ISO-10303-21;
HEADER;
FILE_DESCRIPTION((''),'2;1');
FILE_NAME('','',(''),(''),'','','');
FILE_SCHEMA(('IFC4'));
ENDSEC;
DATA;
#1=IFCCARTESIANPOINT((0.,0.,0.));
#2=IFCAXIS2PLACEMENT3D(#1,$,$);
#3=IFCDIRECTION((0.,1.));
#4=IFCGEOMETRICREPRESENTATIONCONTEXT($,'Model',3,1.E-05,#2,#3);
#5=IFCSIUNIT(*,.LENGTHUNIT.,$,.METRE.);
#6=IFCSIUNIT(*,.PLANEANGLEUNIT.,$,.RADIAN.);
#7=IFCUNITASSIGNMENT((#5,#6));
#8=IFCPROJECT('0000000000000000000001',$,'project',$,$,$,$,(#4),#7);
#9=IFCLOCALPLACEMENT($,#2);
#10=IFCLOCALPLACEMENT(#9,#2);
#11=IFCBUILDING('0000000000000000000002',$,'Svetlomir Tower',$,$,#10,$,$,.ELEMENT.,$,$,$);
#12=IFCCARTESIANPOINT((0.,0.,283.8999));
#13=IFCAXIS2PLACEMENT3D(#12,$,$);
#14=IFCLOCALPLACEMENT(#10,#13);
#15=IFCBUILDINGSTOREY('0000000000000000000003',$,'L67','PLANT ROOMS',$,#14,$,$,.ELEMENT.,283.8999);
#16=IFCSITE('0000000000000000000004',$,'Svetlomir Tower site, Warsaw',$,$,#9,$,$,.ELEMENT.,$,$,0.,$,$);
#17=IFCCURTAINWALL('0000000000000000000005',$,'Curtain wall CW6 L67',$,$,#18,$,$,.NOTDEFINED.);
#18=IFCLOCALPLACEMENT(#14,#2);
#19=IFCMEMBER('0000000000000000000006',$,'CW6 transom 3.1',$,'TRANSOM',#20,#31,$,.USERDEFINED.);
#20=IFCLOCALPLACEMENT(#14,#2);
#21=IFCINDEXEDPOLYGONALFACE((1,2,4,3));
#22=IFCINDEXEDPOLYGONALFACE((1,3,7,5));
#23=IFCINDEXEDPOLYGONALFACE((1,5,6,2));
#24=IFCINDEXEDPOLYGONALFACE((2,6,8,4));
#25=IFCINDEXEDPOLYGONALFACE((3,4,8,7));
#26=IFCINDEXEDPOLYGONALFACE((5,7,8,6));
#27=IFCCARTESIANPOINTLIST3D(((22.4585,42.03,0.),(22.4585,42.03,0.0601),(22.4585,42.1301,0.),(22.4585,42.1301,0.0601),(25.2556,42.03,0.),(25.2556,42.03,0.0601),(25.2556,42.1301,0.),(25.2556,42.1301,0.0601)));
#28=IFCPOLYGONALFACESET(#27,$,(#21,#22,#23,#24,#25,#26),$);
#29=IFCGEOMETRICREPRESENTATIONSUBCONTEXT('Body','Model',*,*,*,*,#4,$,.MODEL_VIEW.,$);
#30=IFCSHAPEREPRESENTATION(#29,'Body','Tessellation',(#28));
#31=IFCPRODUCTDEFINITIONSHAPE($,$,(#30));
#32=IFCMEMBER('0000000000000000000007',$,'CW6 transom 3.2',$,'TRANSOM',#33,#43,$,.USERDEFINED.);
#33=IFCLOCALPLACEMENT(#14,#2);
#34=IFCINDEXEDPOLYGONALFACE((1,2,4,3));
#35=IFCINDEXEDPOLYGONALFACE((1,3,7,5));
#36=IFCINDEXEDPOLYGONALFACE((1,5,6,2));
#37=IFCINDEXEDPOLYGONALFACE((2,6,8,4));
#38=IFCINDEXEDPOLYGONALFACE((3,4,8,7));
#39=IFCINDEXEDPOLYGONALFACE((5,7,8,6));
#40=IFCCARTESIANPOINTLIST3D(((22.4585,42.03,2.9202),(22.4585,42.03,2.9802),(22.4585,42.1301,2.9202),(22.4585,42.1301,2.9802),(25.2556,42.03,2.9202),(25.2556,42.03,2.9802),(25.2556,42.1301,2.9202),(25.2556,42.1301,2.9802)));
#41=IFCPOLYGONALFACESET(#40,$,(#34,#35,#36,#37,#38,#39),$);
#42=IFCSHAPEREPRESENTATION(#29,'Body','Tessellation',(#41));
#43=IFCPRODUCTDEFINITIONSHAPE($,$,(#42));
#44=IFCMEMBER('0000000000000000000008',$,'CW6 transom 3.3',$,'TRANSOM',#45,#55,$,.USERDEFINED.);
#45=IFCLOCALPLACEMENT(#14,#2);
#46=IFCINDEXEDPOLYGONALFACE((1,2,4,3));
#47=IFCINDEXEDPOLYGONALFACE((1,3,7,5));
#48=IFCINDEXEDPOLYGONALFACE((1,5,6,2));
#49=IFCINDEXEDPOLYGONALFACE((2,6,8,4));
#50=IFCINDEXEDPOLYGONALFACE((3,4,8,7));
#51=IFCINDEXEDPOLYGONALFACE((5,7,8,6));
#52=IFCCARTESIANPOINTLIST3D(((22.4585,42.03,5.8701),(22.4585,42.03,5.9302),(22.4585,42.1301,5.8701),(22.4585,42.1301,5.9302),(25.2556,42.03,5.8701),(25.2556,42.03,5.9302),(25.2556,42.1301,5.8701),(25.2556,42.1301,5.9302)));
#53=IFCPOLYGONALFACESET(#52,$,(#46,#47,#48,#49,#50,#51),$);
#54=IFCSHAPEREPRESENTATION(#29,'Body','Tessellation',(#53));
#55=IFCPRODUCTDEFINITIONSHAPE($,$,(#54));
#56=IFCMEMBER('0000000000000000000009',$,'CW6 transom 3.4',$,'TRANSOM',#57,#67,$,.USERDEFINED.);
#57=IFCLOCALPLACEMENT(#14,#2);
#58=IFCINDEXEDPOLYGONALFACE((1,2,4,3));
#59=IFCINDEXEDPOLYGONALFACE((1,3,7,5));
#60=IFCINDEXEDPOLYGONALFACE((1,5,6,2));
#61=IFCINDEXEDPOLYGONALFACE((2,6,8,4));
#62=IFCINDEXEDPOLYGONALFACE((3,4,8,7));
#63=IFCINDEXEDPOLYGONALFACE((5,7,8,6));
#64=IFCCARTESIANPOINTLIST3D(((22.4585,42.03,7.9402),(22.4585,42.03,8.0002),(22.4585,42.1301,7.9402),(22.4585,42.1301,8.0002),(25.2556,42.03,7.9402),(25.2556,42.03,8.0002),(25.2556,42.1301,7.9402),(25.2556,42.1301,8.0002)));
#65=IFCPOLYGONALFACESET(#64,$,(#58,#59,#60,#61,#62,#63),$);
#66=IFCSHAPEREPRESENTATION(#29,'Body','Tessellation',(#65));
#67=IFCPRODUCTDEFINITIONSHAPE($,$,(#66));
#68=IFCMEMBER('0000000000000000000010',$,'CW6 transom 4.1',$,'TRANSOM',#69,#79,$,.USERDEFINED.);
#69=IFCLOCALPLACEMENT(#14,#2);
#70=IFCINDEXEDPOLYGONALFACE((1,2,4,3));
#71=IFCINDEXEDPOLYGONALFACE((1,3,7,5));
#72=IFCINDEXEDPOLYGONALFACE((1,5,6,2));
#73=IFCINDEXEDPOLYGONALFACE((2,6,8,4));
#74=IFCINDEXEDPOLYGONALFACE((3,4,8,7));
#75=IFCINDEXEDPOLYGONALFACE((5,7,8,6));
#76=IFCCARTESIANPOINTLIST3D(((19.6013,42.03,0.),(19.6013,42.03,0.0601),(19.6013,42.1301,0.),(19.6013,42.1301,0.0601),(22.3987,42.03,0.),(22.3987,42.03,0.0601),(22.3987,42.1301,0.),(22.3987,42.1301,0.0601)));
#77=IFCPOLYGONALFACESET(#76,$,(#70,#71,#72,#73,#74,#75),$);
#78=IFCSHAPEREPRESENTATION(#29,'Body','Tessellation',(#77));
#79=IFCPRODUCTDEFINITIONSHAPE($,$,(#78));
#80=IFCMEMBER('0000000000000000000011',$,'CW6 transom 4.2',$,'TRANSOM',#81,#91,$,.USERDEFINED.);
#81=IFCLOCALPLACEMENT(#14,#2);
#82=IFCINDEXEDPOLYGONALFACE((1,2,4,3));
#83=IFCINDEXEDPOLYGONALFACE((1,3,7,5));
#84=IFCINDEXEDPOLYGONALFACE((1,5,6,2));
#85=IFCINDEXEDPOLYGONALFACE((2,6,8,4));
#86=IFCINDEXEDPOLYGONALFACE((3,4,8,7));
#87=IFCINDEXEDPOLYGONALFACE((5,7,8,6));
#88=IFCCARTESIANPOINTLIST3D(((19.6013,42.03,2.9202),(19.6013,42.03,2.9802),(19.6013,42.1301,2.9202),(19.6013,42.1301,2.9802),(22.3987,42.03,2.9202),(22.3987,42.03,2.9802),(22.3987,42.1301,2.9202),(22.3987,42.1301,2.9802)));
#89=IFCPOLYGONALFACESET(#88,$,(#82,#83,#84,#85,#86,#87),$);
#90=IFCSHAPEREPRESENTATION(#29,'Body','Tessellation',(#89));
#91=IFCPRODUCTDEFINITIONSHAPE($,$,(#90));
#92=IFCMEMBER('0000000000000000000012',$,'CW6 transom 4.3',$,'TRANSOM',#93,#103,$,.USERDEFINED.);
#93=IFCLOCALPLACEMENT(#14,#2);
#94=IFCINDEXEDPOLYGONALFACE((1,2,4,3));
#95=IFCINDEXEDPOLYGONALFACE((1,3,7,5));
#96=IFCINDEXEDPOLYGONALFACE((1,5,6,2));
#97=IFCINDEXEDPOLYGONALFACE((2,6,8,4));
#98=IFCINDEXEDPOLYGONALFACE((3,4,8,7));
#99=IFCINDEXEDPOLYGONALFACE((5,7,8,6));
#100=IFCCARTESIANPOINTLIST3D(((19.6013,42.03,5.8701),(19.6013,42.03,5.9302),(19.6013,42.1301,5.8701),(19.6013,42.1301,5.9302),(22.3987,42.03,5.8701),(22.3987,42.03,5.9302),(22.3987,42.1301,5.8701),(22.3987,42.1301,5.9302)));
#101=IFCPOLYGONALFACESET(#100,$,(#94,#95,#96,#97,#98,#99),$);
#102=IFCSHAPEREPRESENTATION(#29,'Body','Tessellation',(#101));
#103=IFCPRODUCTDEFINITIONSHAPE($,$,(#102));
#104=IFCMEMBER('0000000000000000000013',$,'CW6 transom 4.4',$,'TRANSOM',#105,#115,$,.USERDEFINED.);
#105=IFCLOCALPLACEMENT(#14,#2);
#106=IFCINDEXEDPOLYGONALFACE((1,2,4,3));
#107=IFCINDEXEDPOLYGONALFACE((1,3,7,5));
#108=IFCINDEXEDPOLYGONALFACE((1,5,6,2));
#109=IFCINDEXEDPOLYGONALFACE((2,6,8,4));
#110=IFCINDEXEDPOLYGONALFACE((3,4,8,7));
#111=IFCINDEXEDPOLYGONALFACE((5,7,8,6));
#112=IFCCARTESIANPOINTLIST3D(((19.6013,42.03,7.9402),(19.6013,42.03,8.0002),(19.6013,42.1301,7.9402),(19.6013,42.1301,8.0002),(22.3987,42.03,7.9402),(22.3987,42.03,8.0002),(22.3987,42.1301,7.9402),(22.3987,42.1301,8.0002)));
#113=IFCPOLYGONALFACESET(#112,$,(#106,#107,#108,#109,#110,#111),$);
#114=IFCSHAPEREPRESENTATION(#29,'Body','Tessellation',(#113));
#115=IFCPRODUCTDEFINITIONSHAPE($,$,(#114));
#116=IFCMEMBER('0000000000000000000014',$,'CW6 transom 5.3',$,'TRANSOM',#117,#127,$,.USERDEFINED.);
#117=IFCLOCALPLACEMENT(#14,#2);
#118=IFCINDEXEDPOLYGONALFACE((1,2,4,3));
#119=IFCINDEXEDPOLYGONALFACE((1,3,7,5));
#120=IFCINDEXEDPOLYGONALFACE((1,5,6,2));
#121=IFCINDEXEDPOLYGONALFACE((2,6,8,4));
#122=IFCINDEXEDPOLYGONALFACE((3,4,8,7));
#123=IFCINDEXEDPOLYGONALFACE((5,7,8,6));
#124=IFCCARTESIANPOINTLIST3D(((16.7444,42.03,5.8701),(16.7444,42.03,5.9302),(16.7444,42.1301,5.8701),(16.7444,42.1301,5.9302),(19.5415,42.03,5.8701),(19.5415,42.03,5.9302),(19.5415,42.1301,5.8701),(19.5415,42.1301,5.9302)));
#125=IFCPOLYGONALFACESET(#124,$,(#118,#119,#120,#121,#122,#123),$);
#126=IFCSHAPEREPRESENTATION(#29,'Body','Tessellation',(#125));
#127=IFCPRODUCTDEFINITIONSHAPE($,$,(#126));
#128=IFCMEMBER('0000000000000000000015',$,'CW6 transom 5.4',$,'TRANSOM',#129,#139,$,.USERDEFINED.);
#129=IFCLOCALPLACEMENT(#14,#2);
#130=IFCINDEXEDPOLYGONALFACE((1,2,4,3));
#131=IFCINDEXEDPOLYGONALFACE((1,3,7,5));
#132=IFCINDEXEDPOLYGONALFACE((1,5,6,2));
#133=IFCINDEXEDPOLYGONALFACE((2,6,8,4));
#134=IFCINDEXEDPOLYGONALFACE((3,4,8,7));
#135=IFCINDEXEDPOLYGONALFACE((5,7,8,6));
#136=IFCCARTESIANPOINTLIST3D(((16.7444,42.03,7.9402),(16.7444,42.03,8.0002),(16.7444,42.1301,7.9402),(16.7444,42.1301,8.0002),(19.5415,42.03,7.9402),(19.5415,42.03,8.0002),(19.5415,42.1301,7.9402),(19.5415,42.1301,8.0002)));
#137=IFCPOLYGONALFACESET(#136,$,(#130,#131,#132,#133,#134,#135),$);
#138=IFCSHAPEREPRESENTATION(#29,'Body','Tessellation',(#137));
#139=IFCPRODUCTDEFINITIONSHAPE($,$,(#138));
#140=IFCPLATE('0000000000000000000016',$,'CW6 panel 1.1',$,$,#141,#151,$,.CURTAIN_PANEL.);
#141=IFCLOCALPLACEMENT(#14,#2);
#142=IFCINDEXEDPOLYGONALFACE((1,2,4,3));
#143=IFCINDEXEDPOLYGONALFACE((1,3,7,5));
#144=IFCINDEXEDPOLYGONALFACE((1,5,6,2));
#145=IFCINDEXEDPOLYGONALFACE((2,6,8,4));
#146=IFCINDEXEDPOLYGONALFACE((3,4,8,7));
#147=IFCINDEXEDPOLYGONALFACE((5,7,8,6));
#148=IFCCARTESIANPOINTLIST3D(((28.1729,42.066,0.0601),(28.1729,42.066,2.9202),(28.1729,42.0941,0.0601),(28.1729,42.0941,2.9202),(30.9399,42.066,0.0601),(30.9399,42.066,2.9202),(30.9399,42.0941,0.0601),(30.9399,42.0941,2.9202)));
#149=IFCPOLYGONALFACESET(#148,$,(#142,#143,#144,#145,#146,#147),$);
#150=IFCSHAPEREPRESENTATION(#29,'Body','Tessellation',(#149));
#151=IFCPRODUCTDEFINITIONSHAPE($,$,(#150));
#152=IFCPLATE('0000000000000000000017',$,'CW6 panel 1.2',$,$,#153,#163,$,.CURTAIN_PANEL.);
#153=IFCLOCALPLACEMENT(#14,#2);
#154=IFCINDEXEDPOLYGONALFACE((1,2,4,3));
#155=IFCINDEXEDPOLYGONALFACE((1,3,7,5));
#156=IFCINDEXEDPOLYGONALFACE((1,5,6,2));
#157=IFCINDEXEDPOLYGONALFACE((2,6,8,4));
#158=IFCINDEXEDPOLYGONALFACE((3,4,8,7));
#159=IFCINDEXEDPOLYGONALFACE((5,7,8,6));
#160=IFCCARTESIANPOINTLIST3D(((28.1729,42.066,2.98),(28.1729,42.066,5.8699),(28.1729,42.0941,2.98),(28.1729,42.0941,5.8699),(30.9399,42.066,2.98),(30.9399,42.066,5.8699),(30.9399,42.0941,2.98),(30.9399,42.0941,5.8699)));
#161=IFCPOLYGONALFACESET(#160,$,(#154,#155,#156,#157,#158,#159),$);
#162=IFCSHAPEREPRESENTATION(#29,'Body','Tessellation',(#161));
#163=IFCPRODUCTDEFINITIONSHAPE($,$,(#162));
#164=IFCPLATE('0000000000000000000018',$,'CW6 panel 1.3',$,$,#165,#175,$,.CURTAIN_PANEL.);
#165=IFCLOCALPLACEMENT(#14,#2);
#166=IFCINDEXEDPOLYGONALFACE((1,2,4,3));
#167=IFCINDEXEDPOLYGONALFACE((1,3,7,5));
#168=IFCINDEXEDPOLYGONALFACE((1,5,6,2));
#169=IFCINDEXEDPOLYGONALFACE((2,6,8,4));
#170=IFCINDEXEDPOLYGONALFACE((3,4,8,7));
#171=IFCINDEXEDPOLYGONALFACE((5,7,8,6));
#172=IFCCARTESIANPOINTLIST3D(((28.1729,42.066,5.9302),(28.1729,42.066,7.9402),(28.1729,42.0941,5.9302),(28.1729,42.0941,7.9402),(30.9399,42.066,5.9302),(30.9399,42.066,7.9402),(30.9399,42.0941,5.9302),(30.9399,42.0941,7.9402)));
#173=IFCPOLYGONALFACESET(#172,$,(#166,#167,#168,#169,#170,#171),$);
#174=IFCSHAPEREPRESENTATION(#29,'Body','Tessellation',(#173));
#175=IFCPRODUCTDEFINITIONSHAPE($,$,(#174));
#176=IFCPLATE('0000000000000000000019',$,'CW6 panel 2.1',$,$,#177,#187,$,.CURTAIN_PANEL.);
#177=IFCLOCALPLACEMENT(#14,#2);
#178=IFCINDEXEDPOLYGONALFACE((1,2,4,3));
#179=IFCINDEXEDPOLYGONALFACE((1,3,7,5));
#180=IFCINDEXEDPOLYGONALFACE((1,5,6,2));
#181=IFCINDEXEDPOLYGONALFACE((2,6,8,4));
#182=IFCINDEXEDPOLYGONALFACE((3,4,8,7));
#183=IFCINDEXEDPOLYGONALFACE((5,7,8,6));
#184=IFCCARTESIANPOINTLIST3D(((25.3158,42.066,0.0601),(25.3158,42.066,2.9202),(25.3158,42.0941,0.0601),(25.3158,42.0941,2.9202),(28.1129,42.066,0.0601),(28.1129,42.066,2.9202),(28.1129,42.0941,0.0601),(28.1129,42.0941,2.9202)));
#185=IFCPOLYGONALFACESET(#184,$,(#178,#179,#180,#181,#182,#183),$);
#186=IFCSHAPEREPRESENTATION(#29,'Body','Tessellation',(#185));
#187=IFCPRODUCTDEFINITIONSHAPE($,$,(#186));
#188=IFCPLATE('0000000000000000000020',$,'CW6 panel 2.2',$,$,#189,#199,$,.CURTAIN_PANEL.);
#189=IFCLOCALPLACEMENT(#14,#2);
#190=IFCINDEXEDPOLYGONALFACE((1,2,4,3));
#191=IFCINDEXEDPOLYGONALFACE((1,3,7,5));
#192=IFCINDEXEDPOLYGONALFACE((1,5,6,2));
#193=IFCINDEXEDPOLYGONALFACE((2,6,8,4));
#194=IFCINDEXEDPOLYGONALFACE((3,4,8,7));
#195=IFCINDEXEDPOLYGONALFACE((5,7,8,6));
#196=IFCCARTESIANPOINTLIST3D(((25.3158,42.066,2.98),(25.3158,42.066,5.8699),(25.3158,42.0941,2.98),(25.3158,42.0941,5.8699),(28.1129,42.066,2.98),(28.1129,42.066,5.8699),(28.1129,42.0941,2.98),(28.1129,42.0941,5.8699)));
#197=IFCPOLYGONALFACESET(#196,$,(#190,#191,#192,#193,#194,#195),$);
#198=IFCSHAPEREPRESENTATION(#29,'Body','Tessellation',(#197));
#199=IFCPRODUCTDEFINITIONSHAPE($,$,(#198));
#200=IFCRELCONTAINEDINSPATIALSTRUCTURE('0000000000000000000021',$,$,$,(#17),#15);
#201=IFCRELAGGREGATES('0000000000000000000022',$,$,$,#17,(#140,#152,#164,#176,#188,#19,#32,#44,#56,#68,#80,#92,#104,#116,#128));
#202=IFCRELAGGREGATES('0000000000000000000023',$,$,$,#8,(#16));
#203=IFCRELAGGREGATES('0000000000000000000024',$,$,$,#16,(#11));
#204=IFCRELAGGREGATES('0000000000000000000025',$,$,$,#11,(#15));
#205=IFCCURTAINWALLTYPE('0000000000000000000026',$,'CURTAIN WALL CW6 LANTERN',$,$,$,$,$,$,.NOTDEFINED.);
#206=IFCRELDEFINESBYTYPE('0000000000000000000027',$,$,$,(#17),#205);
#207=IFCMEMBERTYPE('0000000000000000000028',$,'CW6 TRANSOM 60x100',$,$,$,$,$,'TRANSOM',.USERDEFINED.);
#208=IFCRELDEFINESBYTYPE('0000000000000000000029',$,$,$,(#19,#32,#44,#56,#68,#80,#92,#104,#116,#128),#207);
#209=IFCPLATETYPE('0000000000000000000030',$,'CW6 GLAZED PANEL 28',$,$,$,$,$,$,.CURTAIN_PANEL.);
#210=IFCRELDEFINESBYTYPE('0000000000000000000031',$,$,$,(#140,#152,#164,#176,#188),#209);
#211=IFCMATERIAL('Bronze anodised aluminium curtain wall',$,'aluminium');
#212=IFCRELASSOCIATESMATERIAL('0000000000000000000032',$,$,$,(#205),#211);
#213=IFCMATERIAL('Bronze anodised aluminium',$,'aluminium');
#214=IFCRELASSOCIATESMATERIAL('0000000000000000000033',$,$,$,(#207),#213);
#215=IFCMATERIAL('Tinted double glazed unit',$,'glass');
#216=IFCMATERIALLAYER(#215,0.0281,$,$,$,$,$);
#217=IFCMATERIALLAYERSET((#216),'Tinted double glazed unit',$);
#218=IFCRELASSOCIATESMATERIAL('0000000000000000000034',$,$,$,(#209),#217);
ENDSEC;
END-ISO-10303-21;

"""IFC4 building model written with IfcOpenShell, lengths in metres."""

from ifc_helpers import new_model, si_unit, direction, frame, origin, origin_2d, place, context, subcontext, project, spatial, rectangle, extrude, material, layer, layer_set, material_profile, profile_set, type_object, element, aggregate, save


model = new_model("IFC4")

# Units and contexts
model_context = context("Model", 3, precision=1e-05, world=origin(), true_north=direction((0.0, 1.0)))
body_context = subcontext(model_context, "Body", "Model", "MODEL_VIEW")
ifc_project = project(units=[si_unit("LENGTHUNIT", "METRE"), si_unit("PLANEANGLEUNIT", "RADIAN")], contexts=[model_context])

# Site, building, storey
site_placement = place(None, origin())
site = spatial("IfcSite", under=ifc_project, at=site_placement, Name="Svetlomir Tower site, Warsaw", CompositionType="ELEMENT", RefElevation=0.0)
building_placement = place(site_placement, origin())
building = spatial("IfcBuilding", under=site, at=building_placement, Name="Svetlomir Tower", CompositionType="ELEMENT")
storey_placement = place(building_placement, frame((0.0, 0.0, 283.8999)))
storey = spatial("IfcBuildingStorey", under=building, at=storey_placement, Name="L67", Description="PLANT ROOMS", CompositionType="ELEMENT", Elevation=283.8999)

# Curtain wall, members, plates
ifc_material_1 = material(Name="Bronze anodised aluminium curtain wall", Category="aluminium")
curtain_wall_type = type_object("IfcCurtainWallType", Name="CURTAIN WALL CW6 LANTERN", PredefinedType="NOTDEFINED", material=ifc_material_1)
curtain_wall_placement = place(storey_placement, origin())
curtain_wall = element("IfcCurtainWall", 1, at=curtain_wall_placement, inside=storey, type_object=curtain_wall_type, Name="Curtain wall CW6 L67", PredefinedType="NOTDEFINED")
ifc_material_2 = material(Name="Bronze anodised aluminium", Category="aluminium")
ifc_material_profile_1 = material_profile(ifc_material_2, rectangle(XDim=0.1001, YDim=0.0601, at=origin_2d()), Name="AL 100x60")
ifc_profile_set_1 = profile_set([ifc_material_profile_1], Name="Bronze anodised aluminium 6063-T6")
member_type_1 = type_object("IfcMemberType", Name="CW6 TRANSOM 60x100", ElementType="TRANSOM", PredefinedType="USERDEFINED", material=ifc_profile_set_1)
member_1_placement = place(storey_placement, frame((25.2556, 42.0801, 0.03), z_axis=(-1.0, 0.0, 0.0), x_axis=(0.0, -1.0, 0.0)))
member_1 = element("IfcMember", 2, at=member_1_placement, type_object=member_type_1, Name="CW6 transom 3.1", ObjectType="TRANSOM", PredefinedType="USERDEFINED", context=body_context, shape_type="SweptSolid", body=[
    extrude(rectangle(XDim=0.1001, YDim=0.0601, at=origin_2d()), origin(), (0.0, 0.0, 1.0), 2.7971),
])
member_2_placement = place(storey_placement, frame((25.2556, 42.0801, 2.9502), z_axis=(-1.0, 0.0, 0.0), x_axis=(0.0, -1.0, 0.0)))
member_2 = element("IfcMember", 3, at=member_2_placement, type_object=member_type_1, Name="CW6 transom 3.2", ObjectType="TRANSOM", PredefinedType="USERDEFINED", context=body_context, shape_type="SweptSolid", body=[
    extrude(rectangle(XDim=0.1001, YDim=0.0601, at=origin_2d()), origin(), (0.0, 0.0, 1.0), 2.7971),
])
member_3_placement = place(storey_placement, frame((25.2556, 42.0801, 5.9001), z_axis=(-1.0, 0.0, 0.0), x_axis=(0.0, -1.0, 0.0)))
member_3 = element("IfcMember", 4, at=member_3_placement, type_object=member_type_1, Name="CW6 transom 3.3", ObjectType="TRANSOM", PredefinedType="USERDEFINED", context=body_context, shape_type="SweptSolid", body=[
    extrude(rectangle(XDim=0.1001, YDim=0.0601, at=origin_2d()), origin(), (0.0, 0.0, 1.0), 2.7971),
])
member_4_placement = place(storey_placement, frame((25.2556, 42.0801, 7.9702), z_axis=(-1.0, 0.0, 0.0), x_axis=(0.0, -1.0, 0.0)))
member_4 = element("IfcMember", 5, at=member_4_placement, type_object=member_type_1, Name="CW6 transom 3.4", ObjectType="TRANSOM", PredefinedType="USERDEFINED", context=body_context, shape_type="SweptSolid", body=[
    extrude(rectangle(XDim=0.1001, YDim=0.0601, at=origin_2d()), origin(), (0.0, 0.0, 1.0), 2.7971),
])
member_5_placement = place(storey_placement, frame((22.3987, 42.0801, 0.03), z_axis=(-1.0, 0.0, 0.0), x_axis=(0.0, -1.0, 0.0)))
member_5 = element("IfcMember", 6, at=member_5_placement, type_object=member_type_1, Name="CW6 transom 4.1", ObjectType="TRANSOM", PredefinedType="USERDEFINED", context=body_context, shape_type="SweptSolid", body=[
    extrude(rectangle(XDim=0.1001, YDim=0.0601, at=origin_2d()), origin(), (0.0, 0.0, 1.0), 2.7974),
])
member_6_placement = place(storey_placement, frame((22.3987, 42.0801, 2.9502), z_axis=(-1.0, 0.0, 0.0), x_axis=(0.0, -1.0, 0.0)))
member_6 = element("IfcMember", 7, at=member_6_placement, type_object=member_type_1, Name="CW6 transom 4.2", ObjectType="TRANSOM", PredefinedType="USERDEFINED", context=body_context, shape_type="SweptSolid", body=[
    extrude(rectangle(XDim=0.1001, YDim=0.0601, at=origin_2d()), origin(), (0.0, 0.0, 1.0), 2.7974),
])
member_7_placement = place(storey_placement, frame((22.3987, 42.0801, 5.9001), z_axis=(-1.0, 0.0, 0.0), x_axis=(0.0, -1.0, 0.0)))
member_7 = element("IfcMember", 8, at=member_7_placement, type_object=member_type_1, Name="CW6 transom 4.3", ObjectType="TRANSOM", PredefinedType="USERDEFINED", context=body_context, shape_type="SweptSolid", body=[
    extrude(rectangle(XDim=0.1001, YDim=0.0601, at=origin_2d()), origin(), (0.0, 0.0, 1.0), 2.7974),
])
member_8_placement = place(storey_placement, frame((22.3987, 42.0801, 7.9702), z_axis=(-1.0, 0.0, 0.0), x_axis=(0.0, -1.0, 0.0)))
member_8 = element("IfcMember", 9, at=member_8_placement, type_object=member_type_1, Name="CW6 transom 4.4", ObjectType="TRANSOM", PredefinedType="USERDEFINED", context=body_context, shape_type="SweptSolid", body=[
    extrude(rectangle(XDim=0.1001, YDim=0.0601, at=origin_2d()), origin(), (0.0, 0.0, 1.0), 2.7974),
])
member_9_placement = place(storey_placement, frame((19.5415, 42.0801, 5.9001), z_axis=(-1.0, 0.0, 0.0), x_axis=(0.0, -1.0, 0.0)))
member_9 = element("IfcMember", 10, at=member_9_placement, type_object=member_type_1, Name="CW6 transom 5.3", ObjectType="TRANSOM", PredefinedType="USERDEFINED", context=body_context, shape_type="SweptSolid", body=[
    extrude(rectangle(XDim=0.1001, YDim=0.0601, at=origin_2d()), origin(), (0.0, 0.0, 1.0), 2.7971),
])
member_10_placement = place(storey_placement, frame((19.5415, 42.0801, 7.9702), z_axis=(-1.0, 0.0, 0.0), x_axis=(0.0, -1.0, 0.0)))
member_10 = element("IfcMember", 11, at=member_10_placement, type_object=member_type_1, Name="CW6 transom 5.4", ObjectType="TRANSOM", PredefinedType="USERDEFINED", context=body_context, shape_type="SweptSolid", body=[
    extrude(rectangle(XDim=0.1001, YDim=0.0601, at=origin_2d()), origin(), (0.0, 0.0, 1.0), 2.7971),
])
ifc_material_3 = material(Name="Tinted double glazed unit", Category="glass")
ifc_layer = layer(ifc_material_3, 0.0281)
ifc_layer_set = layer_set([ifc_layer], Name="Tinted double glazed unit")
plate_type = type_object("IfcPlateType", Name="CW6 GLAZED PANEL 28", PredefinedType="CURTAIN_PANEL", material=ifc_layer_set)
plate_1_placement = place(storey_placement, frame((29.5564, 42.0801, 0.0601), z_axis=(0.0, 0.0, 1.0), x_axis=(-1.0, 0.0, 0.0)))
plate_1 = element("IfcPlate", 12, at=plate_1_placement, type_object=plate_type, Name="CW6 panel 1.1", PredefinedType="CURTAIN_PANEL", context=body_context, shape_type="SweptSolid", body=[
    extrude(rectangle(XDim=2.7671, YDim=0.0281, at=origin_2d()), origin(), (0.0, 0.0, 1.0), 2.8601),
])
plate_2_placement = place(storey_placement, frame((29.5564, 42.0801, 2.98), z_axis=(0.0, 0.0, 1.0), x_axis=(-1.0, 0.0, 0.0)))
plate_2 = element("IfcPlate", 13, at=plate_2_placement, type_object=plate_type, Name="CW6 panel 1.2", PredefinedType="CURTAIN_PANEL", context=body_context, shape_type="SweptSolid", body=[
    extrude(rectangle(XDim=2.7671, YDim=0.0281, at=origin_2d()), origin(), (0.0, 0.0, 1.0), 2.8899),
])
plate_3_placement = place(storey_placement, frame((29.5564, 42.0801, 5.9302), z_axis=(0.0, 0.0, 1.0), x_axis=(-1.0, 0.0, 0.0)))
plate_3 = element("IfcPlate", 14, at=plate_3_placement, type_object=plate_type, Name="CW6 panel 1.3", PredefinedType="CURTAIN_PANEL", context=body_context, shape_type="SweptSolid", body=[
    extrude(rectangle(XDim=2.7671, YDim=0.0281, at=origin_2d()), origin(), (0.0, 0.0, 1.0), 2.01),
])
plate_4_placement = place(storey_placement, frame((26.7144, 42.0801, 0.0601), z_axis=(0.0, 0.0, 1.0), x_axis=(-1.0, 0.0, 0.0)))
plate_4 = element("IfcPlate", 15, at=plate_4_placement, type_object=plate_type, Name="CW6 panel 2.1", PredefinedType="CURTAIN_PANEL", context=body_context, shape_type="SweptSolid", body=[
    extrude(rectangle(XDim=2.7971, YDim=0.0281, at=origin_2d()), origin(), (0.0, 0.0, 1.0), 2.8601),
])
plate_5_placement = place(storey_placement, frame((26.7144, 42.0801, 2.98), z_axis=(0.0, 0.0, 1.0), x_axis=(-1.0, 0.0, 0.0)))
plate_5 = element("IfcPlate", 16, at=plate_5_placement, type_object=plate_type, Name="CW6 panel 2.2", PredefinedType="CURTAIN_PANEL", context=body_context, shape_type="SweptSolid", body=[
    extrude(rectangle(XDim=2.7971, YDim=0.0281, at=origin_2d()), origin(), (0.0, 0.0, 1.0), 2.8899),
])
aggregate(curtain_wall, [plate_1, plate_2, plate_3, plate_4, plate_5, member_1, member_2, member_3, member_4, member_5, member_6, member_7, member_8, member_9, member_10])

save(model, "model.ifc")
